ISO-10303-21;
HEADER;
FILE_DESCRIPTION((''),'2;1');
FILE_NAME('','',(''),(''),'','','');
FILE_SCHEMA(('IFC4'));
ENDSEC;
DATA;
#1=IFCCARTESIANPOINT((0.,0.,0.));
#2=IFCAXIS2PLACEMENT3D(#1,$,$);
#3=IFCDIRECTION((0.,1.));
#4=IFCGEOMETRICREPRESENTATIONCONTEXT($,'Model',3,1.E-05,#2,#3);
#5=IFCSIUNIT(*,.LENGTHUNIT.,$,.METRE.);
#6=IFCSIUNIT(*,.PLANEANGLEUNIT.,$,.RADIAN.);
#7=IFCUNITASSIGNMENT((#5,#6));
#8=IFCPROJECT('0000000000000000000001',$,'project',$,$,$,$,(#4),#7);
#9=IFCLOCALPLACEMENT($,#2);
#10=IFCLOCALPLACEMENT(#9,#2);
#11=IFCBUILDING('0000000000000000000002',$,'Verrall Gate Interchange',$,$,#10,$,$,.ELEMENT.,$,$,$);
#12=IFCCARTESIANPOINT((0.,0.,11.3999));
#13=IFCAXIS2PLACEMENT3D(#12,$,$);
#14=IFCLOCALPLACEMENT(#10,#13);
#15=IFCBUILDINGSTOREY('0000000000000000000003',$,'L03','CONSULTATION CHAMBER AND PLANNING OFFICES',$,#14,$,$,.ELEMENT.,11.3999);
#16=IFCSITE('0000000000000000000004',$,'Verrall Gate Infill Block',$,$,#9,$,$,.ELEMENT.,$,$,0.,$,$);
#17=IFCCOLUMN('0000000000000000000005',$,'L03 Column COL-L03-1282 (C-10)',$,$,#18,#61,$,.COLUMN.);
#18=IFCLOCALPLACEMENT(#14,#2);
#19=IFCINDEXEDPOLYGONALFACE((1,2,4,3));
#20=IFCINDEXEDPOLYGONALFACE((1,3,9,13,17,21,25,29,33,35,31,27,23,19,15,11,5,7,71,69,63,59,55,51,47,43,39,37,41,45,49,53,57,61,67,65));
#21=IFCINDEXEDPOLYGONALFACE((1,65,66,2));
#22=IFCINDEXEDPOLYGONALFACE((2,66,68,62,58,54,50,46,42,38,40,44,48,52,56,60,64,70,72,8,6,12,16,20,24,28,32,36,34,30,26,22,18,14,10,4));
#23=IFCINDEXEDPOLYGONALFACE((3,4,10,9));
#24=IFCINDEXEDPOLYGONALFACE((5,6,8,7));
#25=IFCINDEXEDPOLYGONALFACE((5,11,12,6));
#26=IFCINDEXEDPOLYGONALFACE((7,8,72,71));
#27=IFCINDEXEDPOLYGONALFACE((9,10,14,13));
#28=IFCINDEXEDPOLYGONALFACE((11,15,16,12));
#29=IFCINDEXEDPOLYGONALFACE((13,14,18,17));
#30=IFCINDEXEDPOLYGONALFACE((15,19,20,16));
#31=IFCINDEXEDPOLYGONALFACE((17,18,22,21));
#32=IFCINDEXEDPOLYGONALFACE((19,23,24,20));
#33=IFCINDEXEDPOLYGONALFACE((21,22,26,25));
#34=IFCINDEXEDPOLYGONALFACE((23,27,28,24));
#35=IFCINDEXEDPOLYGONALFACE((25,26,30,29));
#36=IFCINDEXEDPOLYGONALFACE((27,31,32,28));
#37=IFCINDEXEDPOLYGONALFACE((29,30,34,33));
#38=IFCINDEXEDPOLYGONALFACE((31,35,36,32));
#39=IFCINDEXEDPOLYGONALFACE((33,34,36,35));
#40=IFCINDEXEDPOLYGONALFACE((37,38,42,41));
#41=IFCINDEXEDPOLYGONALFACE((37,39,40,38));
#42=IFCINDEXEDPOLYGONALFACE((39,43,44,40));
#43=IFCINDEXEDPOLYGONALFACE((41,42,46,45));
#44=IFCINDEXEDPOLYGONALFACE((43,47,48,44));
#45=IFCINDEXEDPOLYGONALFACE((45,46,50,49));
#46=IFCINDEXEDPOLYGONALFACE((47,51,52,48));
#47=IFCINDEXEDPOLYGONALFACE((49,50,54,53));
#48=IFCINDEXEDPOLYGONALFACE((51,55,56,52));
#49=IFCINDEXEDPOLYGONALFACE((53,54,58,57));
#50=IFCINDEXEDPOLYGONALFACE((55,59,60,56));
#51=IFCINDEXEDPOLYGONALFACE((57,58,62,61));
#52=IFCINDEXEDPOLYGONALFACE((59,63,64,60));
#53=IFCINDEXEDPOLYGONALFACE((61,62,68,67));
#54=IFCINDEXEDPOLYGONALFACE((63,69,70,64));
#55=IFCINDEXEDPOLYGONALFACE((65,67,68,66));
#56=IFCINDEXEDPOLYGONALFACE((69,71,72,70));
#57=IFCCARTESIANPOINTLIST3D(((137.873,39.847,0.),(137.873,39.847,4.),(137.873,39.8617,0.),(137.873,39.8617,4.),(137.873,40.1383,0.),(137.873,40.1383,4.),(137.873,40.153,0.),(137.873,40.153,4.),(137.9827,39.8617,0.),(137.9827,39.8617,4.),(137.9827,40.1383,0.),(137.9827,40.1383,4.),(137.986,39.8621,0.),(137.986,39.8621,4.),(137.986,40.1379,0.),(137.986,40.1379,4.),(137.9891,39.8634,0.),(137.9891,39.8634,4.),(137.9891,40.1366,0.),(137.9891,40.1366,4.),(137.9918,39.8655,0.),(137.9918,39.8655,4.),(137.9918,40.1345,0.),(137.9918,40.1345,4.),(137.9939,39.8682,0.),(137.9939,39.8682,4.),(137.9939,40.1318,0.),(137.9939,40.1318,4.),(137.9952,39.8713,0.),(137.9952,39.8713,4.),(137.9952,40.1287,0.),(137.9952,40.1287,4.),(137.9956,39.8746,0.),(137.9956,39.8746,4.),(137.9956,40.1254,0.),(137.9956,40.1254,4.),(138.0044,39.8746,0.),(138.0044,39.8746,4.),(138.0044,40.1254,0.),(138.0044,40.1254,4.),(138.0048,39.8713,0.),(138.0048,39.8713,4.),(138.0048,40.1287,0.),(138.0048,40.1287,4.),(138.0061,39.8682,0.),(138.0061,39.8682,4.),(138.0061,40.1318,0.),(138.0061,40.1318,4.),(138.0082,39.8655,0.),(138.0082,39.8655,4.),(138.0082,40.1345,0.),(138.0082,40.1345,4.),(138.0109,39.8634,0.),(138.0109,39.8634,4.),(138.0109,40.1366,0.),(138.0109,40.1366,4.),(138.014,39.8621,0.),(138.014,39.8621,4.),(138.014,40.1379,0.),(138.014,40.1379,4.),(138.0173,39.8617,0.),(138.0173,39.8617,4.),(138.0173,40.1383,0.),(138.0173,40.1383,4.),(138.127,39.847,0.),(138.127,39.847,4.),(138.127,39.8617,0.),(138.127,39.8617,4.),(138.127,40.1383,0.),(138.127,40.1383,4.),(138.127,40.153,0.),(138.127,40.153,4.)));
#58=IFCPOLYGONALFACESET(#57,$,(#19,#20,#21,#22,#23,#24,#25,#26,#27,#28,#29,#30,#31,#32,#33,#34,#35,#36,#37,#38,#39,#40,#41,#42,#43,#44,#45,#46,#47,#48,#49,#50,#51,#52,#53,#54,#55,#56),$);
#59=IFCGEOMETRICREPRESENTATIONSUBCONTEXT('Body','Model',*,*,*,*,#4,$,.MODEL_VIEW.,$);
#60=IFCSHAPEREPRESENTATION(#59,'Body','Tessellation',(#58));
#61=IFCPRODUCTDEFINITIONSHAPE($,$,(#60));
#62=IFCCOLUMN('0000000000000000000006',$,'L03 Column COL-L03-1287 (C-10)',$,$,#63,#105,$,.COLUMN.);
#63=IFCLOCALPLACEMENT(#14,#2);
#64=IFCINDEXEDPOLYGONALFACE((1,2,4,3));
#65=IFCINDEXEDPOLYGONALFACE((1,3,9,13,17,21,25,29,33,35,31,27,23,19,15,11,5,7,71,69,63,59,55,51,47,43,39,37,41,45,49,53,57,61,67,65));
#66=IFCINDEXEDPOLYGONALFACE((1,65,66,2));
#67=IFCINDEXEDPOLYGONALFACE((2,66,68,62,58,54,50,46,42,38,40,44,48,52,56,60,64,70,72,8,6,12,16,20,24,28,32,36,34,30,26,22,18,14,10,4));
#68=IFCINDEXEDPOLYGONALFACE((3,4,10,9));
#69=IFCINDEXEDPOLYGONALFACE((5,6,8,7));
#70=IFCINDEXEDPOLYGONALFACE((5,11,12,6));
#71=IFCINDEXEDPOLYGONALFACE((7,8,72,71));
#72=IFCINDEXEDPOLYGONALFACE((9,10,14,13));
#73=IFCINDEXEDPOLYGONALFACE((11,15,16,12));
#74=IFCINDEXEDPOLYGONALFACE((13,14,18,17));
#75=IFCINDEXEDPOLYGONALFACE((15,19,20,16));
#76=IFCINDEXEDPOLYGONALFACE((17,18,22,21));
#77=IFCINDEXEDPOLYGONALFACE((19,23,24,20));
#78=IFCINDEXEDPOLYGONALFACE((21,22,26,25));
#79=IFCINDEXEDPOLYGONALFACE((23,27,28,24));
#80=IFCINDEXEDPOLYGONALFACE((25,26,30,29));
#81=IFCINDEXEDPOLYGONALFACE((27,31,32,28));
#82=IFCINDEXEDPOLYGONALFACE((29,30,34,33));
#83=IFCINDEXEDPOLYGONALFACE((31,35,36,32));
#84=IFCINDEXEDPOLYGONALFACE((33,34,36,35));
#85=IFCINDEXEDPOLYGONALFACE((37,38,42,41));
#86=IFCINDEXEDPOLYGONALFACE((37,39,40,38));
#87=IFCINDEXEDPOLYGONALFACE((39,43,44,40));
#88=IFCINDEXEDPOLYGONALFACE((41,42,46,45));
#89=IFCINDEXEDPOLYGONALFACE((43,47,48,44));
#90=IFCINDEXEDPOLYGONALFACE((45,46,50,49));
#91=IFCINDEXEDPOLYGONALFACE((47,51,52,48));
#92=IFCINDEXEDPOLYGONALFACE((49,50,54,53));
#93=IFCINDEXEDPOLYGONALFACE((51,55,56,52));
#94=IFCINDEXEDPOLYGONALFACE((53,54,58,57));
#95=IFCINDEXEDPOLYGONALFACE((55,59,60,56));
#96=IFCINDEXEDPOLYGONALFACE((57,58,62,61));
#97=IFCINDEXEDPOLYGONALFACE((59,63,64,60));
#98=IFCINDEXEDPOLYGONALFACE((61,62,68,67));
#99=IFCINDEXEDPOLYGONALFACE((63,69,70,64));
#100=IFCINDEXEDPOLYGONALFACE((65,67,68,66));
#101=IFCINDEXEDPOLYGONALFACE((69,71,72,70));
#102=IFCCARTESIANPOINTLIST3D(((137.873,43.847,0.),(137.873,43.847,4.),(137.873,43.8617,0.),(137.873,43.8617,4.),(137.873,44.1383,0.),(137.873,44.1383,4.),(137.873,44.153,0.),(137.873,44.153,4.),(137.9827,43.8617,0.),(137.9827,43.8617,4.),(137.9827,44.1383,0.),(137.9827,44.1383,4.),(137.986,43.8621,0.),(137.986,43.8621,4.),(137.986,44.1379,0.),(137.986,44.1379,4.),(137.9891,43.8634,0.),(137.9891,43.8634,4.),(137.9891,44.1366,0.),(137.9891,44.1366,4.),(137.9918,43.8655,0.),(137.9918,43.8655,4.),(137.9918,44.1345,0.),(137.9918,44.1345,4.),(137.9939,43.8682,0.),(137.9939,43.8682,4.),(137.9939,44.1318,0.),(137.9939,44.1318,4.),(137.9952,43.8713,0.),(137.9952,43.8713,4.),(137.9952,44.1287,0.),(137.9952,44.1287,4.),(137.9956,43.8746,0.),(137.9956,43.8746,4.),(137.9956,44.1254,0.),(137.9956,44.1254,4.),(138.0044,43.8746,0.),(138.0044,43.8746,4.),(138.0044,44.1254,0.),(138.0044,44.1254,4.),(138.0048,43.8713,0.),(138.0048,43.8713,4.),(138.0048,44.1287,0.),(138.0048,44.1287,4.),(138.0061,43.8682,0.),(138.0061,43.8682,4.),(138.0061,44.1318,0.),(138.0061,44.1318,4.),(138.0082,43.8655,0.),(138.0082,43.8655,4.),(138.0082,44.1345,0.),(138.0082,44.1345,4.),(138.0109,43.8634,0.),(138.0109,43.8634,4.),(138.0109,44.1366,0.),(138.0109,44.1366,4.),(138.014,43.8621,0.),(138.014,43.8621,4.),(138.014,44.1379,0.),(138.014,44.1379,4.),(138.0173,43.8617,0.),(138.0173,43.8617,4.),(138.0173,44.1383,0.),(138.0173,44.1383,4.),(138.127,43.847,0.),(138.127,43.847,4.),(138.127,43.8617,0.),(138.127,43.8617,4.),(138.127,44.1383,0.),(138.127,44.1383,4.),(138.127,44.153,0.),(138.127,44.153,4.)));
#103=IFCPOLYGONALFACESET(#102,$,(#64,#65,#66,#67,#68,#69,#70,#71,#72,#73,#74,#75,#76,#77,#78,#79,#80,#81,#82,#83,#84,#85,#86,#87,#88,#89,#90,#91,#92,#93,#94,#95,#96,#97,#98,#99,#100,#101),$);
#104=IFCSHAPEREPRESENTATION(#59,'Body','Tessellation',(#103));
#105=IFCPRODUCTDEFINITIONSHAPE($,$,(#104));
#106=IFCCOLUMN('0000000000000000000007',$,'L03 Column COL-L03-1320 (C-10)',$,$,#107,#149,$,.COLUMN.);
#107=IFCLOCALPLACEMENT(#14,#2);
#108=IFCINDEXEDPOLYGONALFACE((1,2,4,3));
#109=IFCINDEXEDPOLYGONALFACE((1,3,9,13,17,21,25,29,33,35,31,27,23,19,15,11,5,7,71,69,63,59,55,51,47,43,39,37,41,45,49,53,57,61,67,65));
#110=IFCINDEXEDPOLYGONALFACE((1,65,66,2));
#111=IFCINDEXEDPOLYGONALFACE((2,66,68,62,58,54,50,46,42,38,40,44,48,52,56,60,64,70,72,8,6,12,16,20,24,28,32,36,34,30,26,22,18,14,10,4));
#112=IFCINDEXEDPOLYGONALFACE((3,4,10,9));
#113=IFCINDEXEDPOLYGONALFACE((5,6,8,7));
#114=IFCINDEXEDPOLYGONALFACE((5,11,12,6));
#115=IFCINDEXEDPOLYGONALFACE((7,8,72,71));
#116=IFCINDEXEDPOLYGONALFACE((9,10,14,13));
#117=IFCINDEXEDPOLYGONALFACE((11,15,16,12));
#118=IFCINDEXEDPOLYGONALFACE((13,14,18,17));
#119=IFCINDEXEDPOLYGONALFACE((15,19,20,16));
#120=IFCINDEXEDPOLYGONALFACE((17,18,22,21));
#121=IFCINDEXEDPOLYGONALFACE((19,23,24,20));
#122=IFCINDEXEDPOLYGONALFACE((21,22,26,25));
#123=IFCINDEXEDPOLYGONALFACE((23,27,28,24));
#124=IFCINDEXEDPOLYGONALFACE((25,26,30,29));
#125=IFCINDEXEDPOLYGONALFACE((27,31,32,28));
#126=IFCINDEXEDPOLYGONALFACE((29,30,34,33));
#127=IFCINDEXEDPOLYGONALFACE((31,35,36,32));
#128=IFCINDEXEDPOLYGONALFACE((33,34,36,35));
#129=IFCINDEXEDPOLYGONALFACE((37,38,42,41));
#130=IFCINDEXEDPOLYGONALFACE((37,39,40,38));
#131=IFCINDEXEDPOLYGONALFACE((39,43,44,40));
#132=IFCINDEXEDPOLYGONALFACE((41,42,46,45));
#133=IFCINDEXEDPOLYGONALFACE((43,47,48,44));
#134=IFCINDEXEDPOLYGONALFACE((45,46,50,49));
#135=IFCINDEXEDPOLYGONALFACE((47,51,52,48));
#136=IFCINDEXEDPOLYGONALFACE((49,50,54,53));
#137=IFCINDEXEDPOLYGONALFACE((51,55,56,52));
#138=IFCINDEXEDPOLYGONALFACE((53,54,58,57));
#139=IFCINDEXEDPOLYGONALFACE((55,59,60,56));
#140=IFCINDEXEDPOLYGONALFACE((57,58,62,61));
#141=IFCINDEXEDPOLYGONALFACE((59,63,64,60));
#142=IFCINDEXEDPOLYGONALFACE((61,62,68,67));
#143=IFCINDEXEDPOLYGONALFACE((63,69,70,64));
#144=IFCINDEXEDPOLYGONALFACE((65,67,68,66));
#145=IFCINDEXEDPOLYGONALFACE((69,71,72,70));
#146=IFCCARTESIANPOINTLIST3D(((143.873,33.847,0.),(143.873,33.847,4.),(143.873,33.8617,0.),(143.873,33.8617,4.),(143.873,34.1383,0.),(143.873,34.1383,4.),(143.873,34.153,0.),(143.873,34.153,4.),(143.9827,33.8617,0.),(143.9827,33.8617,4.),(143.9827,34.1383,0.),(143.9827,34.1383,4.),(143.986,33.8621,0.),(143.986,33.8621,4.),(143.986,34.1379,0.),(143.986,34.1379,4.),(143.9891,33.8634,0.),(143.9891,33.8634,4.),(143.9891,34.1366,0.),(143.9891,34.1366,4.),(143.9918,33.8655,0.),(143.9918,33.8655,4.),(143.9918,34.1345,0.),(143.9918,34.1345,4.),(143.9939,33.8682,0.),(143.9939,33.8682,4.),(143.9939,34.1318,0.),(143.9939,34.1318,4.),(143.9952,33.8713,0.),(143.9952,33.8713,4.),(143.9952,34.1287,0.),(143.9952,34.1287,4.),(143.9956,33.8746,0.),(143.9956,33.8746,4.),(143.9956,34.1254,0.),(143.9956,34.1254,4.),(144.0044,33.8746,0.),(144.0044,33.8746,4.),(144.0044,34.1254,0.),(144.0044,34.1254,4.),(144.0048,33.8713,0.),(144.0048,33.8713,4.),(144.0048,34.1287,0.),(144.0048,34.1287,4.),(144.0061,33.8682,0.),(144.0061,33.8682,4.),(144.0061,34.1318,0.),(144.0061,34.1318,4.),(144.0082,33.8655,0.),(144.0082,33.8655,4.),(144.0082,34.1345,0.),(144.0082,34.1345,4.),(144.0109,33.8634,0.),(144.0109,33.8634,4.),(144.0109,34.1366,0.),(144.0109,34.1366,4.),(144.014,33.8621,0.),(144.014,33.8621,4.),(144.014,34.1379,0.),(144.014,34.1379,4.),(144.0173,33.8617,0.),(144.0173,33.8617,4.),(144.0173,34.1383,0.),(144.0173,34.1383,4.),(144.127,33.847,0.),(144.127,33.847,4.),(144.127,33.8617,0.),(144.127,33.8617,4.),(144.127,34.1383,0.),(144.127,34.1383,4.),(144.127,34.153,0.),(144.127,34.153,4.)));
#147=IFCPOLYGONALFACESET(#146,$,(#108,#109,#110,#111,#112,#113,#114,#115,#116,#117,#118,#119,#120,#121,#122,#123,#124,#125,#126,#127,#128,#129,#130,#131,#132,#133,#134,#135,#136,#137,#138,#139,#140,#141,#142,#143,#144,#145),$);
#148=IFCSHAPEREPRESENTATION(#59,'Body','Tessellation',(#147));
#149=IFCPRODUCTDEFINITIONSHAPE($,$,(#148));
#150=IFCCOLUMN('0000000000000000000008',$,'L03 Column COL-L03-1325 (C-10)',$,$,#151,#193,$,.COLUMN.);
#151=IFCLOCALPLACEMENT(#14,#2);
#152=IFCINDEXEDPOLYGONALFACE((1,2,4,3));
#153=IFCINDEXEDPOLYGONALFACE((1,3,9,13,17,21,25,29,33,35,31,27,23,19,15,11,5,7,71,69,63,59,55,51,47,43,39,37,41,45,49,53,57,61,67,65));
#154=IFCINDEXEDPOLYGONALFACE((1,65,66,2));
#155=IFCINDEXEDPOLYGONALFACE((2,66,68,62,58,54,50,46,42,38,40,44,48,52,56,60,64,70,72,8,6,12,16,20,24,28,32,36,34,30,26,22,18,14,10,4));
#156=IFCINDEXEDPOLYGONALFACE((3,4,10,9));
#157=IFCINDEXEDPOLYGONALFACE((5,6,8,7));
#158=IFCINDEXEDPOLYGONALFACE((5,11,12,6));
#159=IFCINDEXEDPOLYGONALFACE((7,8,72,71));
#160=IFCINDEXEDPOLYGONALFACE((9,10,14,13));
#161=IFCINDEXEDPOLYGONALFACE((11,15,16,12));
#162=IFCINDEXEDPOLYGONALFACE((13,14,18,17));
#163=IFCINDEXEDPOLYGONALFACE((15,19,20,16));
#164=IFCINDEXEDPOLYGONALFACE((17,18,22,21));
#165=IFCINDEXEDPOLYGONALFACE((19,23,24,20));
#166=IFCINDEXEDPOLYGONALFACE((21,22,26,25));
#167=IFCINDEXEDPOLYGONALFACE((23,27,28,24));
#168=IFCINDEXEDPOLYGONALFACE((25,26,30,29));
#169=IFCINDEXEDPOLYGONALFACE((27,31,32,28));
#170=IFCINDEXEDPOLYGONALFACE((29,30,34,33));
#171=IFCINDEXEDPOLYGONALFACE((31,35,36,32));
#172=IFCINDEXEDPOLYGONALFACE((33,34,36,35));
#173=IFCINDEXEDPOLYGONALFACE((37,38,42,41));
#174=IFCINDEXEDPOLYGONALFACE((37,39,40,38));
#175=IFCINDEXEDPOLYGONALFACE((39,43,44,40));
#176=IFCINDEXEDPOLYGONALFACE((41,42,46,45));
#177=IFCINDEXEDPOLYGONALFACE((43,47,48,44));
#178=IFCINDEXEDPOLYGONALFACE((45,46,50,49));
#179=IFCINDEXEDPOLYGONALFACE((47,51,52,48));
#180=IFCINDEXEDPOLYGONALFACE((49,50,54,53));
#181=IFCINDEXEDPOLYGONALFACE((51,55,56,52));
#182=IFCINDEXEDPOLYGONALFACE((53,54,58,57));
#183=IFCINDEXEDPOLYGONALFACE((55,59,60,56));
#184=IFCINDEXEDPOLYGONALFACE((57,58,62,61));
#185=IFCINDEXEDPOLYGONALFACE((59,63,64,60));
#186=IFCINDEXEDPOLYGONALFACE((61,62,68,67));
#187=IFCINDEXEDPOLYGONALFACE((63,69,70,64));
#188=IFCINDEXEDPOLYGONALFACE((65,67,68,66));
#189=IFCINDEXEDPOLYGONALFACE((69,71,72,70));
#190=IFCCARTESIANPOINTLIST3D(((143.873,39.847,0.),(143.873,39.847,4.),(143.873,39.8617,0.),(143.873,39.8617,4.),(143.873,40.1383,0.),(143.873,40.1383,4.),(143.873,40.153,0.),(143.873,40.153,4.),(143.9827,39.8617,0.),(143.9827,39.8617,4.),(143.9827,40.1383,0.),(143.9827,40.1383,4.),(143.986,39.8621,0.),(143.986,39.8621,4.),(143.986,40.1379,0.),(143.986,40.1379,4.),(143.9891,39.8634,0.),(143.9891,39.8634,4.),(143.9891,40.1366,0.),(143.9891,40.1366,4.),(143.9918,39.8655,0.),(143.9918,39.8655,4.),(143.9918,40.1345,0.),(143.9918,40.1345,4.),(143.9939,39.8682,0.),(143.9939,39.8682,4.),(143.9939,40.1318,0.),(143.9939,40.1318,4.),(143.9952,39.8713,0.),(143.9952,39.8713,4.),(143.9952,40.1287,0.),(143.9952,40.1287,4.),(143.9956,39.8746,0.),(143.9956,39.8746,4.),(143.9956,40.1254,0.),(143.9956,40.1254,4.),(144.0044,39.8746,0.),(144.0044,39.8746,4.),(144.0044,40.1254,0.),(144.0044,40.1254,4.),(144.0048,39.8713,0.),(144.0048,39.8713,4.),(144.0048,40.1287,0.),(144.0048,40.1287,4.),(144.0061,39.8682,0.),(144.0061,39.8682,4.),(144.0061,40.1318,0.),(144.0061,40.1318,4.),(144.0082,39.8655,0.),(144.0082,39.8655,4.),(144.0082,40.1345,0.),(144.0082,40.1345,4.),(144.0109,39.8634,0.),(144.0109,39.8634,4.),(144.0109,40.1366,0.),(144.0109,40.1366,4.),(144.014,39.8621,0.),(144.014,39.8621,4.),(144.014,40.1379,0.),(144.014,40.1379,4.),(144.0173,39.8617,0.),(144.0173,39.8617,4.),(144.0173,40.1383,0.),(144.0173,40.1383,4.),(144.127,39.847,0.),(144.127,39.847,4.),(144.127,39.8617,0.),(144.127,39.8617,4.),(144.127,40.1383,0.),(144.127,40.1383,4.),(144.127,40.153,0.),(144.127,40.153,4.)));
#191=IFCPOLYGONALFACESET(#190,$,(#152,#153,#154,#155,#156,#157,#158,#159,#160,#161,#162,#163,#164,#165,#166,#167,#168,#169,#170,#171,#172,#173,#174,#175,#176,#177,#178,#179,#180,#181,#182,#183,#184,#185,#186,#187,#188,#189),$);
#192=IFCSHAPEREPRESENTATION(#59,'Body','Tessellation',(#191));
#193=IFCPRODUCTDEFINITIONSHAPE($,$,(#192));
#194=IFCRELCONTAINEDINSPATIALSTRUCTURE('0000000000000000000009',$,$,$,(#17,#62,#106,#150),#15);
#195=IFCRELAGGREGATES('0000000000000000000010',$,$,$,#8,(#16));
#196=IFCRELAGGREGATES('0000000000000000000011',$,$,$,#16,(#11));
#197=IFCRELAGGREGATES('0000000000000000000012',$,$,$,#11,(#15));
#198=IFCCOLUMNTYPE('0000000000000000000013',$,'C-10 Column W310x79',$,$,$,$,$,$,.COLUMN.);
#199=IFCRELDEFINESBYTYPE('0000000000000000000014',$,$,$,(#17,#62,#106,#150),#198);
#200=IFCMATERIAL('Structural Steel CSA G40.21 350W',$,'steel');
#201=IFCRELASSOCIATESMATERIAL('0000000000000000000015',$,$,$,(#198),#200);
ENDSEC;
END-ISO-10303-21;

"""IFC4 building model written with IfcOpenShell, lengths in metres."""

from ifc_helpers import new_model, si_unit, direction, frame, origin, origin_2d, place, context, subcontext, project, spatial, i_section, extrude, material, material_profile, profile_set, type_object, element, save


model = new_model("IFC4")

# Units and contexts
model_context = context("Model", 3, precision=1e-05, world=origin(), true_north=direction((0.0, 1.0)))
body_context = subcontext(model_context, "Body", "Model", "MODEL_VIEW")
ifc_project = project(units=[si_unit("LENGTHUNIT", "METRE"), si_unit("PLANEANGLEUNIT", "RADIAN")], contexts=[model_context])

# Site, building, storey
site_placement = place(None, origin())
site = spatial("IfcSite", under=ifc_project, at=site_placement, Name="Verrall Gate Infill Block", CompositionType="ELEMENT", RefElevation=0.0)
building_placement = place(site_placement, origin())
building = spatial("IfcBuilding", under=site, at=building_placement, Name="Verrall Gate Interchange", CompositionType="ELEMENT")
storey_placement = place(building_placement, frame((0.0, 0.0, 11.3999)))
storey = spatial("IfcBuildingStorey", under=building, at=storey_placement, Name="L03", Description="CONSULTATION CHAMBER AND PLANNING OFFICES", CompositionType="ELEMENT", Elevation=11.3999)

# Columns
ifc_material_1 = material(Name="Structural Steel CSA G40.21 350W", Category="steel")
ifc_material_profile_1 = material_profile(ifc_material_1, i_section(OverallWidth=0.2539, OverallDepth=0.3059, WebThickness=0.0088, FlangeThickness=0.0146, FilletRadius=0.0129, at=origin_2d()), Name="W310x79")
ifc_profile_set_1 = profile_set([ifc_material_profile_1], Name="Structural Steel CSA G40.21 350W")
column_type = type_object("IfcColumnType", Name="C-10 Column W310x79", PredefinedType="COLUMN", material=ifc_profile_set_1)
for number, where, z_axis, x_axis, name in (
    (1, (138.0, 40.0, 0.0), (0.0, 0.0, 1.0), (1.0, 0.0, 0.0), "L03 Column COL-L03-1282 (C-10)"),
    (2, (138.0, 44.0, 0.0), (0.0, 0.0, 1.0), (1.0, 0.0, 0.0), "L03 Column COL-L03-1287 (C-10)"),
    (3, (144.0, 34.0, 0.0), (0.0, 0.0, 1.0), (1.0, 0.0, 0.0), "L03 Column COL-L03-1320 (C-10)"),
    (4, (144.0, 40.0, 0.0), (0.0, 0.0, 1.0), (1.0, 0.0, 0.0), "L03 Column COL-L03-1325 (C-10)"),
):
    element("IfcColumn", number, at=place(storey_placement, frame(where, z_axis=z_axis, x_axis=x_axis)), inside=storey, type_object=column_type, Name=name, PredefinedType="COLUMN", context=body_context, shape_type="SweptSolid", body=[
        extrude(i_section(OverallWidth=0.2539, OverallDepth=0.3059, WebThickness=0.0088, FlangeThickness=0.0146, FilletRadius=0.0129, at=origin_2d()), origin(), (0.0, 0.0, 1.0), 4.0),
    ])

save(model, "model.ifc")
